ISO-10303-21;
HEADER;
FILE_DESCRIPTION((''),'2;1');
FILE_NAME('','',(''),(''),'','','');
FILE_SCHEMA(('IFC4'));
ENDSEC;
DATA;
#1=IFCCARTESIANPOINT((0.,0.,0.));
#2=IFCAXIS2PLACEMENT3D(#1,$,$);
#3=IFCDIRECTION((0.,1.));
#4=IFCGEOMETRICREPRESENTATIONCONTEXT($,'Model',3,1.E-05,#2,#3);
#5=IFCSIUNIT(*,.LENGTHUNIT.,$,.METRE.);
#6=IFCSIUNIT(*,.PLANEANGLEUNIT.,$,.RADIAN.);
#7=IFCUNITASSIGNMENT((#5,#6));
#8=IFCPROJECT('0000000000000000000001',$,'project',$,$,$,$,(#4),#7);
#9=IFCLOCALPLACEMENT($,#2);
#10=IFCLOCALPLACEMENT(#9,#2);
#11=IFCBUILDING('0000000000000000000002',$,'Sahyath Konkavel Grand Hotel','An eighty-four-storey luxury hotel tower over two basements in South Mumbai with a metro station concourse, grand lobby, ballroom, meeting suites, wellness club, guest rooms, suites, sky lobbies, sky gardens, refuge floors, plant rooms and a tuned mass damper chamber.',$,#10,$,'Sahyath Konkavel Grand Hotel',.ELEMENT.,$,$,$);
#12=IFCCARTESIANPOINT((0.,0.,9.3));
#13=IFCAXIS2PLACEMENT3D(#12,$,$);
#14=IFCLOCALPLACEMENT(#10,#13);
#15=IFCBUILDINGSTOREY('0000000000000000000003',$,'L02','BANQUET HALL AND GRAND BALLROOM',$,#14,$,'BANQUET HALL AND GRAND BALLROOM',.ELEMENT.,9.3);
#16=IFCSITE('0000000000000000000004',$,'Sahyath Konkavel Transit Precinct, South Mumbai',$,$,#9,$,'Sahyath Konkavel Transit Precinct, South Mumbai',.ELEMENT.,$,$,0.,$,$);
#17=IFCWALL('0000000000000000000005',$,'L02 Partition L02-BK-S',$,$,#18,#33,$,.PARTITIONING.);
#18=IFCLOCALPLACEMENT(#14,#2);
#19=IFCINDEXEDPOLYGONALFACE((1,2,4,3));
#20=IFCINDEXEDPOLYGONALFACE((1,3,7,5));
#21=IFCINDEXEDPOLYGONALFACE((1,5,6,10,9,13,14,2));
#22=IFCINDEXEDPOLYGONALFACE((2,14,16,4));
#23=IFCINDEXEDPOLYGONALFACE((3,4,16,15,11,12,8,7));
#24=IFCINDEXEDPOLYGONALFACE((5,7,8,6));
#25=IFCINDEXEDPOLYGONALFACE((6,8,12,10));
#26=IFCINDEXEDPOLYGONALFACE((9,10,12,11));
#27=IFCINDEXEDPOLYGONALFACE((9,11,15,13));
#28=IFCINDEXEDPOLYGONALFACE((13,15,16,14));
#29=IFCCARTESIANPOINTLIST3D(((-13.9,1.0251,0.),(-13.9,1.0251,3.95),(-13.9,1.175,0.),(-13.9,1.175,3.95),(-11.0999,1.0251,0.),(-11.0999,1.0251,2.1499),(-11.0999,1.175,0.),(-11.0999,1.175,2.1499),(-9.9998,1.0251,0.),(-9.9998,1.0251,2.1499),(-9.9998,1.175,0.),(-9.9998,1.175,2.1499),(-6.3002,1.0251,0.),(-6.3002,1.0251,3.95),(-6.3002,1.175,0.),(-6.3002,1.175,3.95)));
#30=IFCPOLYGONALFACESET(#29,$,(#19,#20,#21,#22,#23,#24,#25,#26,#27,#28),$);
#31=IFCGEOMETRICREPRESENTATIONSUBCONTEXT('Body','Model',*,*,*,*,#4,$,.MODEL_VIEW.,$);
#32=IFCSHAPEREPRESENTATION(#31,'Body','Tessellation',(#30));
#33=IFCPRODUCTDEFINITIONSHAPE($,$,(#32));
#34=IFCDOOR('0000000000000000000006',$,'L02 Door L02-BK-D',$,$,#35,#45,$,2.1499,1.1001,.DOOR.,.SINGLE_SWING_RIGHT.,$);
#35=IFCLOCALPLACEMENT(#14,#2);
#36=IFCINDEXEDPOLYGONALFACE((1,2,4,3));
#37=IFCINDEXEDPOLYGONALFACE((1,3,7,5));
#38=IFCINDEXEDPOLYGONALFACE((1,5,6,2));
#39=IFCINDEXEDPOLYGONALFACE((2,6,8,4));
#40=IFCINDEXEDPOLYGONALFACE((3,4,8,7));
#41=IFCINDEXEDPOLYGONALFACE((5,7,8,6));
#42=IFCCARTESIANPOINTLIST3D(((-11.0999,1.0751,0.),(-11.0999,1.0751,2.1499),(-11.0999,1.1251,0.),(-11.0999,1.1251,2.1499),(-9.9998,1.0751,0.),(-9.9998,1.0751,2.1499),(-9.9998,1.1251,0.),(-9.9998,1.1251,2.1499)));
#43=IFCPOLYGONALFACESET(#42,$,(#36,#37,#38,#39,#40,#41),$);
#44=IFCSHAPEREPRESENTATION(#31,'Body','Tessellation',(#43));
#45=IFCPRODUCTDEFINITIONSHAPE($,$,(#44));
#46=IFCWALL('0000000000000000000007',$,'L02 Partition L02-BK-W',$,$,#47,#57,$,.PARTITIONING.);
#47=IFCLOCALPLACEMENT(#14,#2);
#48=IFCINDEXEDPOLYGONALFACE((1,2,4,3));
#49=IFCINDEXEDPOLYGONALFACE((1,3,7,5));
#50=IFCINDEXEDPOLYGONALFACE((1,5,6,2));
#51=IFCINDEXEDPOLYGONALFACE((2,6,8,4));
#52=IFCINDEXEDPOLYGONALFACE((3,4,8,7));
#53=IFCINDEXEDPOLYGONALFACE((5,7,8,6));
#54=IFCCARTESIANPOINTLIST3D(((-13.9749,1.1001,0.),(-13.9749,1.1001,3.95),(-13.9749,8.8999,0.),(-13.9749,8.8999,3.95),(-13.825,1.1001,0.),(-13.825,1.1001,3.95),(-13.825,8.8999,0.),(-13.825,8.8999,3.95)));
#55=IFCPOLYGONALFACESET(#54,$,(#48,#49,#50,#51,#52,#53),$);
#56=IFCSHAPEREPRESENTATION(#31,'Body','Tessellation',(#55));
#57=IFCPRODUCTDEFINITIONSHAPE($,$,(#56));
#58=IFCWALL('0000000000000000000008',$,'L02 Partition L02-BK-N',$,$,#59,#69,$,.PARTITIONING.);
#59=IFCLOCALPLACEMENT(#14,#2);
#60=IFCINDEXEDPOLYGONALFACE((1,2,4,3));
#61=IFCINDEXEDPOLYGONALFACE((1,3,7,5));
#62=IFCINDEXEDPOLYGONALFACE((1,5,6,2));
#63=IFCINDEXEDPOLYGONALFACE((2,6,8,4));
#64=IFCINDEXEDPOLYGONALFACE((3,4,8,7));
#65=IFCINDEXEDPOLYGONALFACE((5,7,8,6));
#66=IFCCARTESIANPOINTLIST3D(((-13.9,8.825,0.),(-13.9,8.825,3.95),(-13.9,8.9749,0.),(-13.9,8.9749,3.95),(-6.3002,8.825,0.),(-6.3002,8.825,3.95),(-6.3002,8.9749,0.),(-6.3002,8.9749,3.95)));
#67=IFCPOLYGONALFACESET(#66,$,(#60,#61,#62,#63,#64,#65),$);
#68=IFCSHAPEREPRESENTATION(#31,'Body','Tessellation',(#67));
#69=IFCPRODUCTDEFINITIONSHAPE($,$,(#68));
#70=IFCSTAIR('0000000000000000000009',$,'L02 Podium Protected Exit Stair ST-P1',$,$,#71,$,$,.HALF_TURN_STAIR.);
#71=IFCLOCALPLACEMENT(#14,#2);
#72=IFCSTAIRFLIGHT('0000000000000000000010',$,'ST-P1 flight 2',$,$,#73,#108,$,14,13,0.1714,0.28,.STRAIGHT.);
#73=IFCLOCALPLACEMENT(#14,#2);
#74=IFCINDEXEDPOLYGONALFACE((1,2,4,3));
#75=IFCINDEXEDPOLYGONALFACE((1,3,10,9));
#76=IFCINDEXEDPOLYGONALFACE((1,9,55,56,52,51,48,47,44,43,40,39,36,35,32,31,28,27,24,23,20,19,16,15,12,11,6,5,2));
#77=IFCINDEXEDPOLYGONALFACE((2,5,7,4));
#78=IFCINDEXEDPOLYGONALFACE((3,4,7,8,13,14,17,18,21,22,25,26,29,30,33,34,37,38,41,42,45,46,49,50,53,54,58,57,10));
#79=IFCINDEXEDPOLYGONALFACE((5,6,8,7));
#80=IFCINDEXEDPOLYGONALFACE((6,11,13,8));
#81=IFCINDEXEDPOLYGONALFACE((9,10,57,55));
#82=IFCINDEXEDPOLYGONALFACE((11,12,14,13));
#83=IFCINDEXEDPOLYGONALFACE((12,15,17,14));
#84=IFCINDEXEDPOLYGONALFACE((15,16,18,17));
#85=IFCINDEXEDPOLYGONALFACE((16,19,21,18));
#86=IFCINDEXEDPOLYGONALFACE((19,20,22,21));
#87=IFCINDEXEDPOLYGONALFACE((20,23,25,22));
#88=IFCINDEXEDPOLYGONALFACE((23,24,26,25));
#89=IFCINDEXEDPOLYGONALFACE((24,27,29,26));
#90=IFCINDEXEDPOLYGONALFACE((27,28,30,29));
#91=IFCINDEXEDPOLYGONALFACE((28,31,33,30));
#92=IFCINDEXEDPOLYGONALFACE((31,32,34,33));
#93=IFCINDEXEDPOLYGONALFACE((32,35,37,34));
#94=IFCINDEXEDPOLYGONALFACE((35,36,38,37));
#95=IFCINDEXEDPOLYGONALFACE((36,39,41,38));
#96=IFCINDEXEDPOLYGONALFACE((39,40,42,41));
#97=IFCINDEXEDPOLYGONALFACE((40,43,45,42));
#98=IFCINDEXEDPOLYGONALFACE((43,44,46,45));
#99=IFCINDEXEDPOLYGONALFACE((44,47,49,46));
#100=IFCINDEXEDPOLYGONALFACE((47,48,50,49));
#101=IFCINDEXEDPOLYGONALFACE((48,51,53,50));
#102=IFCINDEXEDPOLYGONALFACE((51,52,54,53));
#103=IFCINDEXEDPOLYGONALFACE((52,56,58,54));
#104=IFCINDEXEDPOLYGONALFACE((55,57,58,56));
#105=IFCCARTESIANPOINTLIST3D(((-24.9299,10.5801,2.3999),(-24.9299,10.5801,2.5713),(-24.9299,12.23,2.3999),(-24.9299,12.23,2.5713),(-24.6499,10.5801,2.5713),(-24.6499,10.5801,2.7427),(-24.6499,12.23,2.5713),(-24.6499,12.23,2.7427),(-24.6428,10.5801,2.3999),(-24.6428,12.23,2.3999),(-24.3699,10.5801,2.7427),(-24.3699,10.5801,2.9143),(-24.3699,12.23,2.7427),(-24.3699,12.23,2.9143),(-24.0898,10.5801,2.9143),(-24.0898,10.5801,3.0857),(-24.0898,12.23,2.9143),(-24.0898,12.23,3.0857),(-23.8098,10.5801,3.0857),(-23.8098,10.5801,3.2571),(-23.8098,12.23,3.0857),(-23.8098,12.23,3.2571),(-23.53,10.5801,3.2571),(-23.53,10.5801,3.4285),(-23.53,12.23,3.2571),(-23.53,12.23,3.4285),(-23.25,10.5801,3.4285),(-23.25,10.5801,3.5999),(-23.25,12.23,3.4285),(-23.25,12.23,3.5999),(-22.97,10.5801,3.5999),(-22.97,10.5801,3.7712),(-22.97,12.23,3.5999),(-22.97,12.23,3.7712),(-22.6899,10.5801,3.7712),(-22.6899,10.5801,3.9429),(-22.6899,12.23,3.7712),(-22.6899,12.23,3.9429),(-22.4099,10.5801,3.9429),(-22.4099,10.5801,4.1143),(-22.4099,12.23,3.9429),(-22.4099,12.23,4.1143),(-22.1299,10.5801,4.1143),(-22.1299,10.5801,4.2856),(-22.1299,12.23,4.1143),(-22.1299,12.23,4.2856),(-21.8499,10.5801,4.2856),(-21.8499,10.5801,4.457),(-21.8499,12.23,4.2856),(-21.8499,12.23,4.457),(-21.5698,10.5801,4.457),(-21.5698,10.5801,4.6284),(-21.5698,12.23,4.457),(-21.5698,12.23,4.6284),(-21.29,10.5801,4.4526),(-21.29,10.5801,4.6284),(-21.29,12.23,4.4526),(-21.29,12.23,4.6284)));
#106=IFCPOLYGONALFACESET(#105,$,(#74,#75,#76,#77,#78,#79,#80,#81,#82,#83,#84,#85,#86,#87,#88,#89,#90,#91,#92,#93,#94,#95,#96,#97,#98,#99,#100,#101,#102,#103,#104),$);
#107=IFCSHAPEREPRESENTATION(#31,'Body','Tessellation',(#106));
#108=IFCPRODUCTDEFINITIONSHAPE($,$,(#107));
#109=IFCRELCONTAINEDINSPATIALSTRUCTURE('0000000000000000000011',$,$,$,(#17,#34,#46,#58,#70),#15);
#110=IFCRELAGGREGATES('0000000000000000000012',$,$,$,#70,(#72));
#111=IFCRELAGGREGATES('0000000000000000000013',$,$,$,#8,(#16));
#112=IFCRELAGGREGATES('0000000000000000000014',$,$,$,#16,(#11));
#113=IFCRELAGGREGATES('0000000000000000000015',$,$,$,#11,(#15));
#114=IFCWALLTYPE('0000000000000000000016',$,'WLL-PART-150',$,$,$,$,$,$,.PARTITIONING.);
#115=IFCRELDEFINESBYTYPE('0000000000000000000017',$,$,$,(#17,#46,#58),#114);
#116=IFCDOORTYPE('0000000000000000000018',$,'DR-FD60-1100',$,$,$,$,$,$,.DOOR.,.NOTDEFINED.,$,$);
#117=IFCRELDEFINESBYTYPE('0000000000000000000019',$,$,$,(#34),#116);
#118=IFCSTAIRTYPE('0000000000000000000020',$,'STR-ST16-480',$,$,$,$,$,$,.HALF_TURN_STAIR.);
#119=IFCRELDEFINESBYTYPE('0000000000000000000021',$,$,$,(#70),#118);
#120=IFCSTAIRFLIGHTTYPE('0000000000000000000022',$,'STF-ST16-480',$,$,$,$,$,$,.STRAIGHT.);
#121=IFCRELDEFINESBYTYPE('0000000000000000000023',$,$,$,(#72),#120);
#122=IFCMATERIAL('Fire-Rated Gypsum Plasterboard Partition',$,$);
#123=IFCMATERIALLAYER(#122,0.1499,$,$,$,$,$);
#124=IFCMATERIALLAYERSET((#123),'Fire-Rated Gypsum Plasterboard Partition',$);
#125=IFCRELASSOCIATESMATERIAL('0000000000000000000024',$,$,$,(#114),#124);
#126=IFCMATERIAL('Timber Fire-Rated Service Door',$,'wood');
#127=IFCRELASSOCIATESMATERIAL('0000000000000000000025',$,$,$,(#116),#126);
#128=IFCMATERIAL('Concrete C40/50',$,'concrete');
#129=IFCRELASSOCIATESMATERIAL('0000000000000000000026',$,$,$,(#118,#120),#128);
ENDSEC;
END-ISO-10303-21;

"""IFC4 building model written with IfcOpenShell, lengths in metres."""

from ifc_helpers import new_model, si_unit, direction, frame, frame_2d, origin, origin_2d, place, context, subcontext, project, spatial, polyline, rectangle, outline, extrude, source, transform, mapped, material, layer, layer_set, type_object, element, fill, aggregate, save


model = new_model("IFC4")

# Units and contexts
model_context = context("Model", 3, precision=1e-05, world=origin(), true_north=direction((0.0, 1.0)))
body_context = subcontext(model_context, "Body", "Model", "MODEL_VIEW")
ifc_project = project(units=[si_unit("LENGTHUNIT", "METRE"), si_unit("PLANEANGLEUNIT", "RADIAN")], contexts=[model_context])

# Site, building, storey
site_placement = place(None, origin())
site = spatial("IfcSite", under=ifc_project, at=site_placement, Name="Sahyath Konkavel Transit Precinct, South Mumbai", LongName="Sahyath Konkavel Transit Precinct, South Mumbai", CompositionType="ELEMENT", RefElevation=0.0)
building_placement = place(site_placement, origin())
building = spatial("IfcBuilding", under=site, at=building_placement, Name="Sahyath Konkavel Grand Hotel", Description="An eighty-four-storey luxury hotel tower over two basements in South Mumbai with a metro station concourse, grand lobby, ballroom, meeting suites, wellness club, guest rooms, suites, sky lobbies, sky gardens, refuge floors, plant rooms and a tuned mass damper chamber.", LongName="Sahyath Konkavel Grand Hotel", CompositionType="ELEMENT")
storey_placement = place(building_placement, frame((0.0, 0.0, 9.3)))
storey = spatial("IfcBuildingStorey", under=building, at=storey_placement, Name="L02", Description="BANQUET HALL AND GRAND BALLROOM", LongName="BANQUET HALL AND GRAND BALLROOM", CompositionType="ELEMENT", Elevation=9.3)

# Shared definitions
ifc_material_1 = material(Name="Concrete C40/50", Category="concrete")

# Shared definitions
ifc_material_2 = material(Name="Fire-Rated Gypsum Plasterboard Partition")
ifc_layer_1 = layer(ifc_material_2, 0.1499)
ifc_layer_set_1 = layer_set([ifc_layer_1], Name="Fire-Rated Gypsum Plasterboard Partition")
wall_type_1 = type_object("IfcWallType", Name="WLL-PART-150", PredefinedType="PARTITIONING", material=ifc_layer_set_1)

# Wall, opening, door
wall_1_placement = place(storey_placement, frame((-13.8999, 1.1001, 0.0), z_axis=(0.0, 0.0, 1.0), x_axis=(1.0, 0.0, 0.0)))
wall_1 = element("IfcWall", 1, at=wall_1_placement, inside=storey, type_object=wall_type_1, Name="L02 Partition L02-BK-S", PredefinedType="PARTITIONING", context=body_context, shape_type="SweptSolid", body=[
    extrude(rectangle(XDim=7.5999, YDim=0.1499, at=frame_2d((3.7998, 0.0))), origin(), (0.0, 0.0, 1.0), 3.95),
])
opening_1_placement = place(wall_1_placement, frame((2.8, 0.0, 0.0)))
opening_1 = element("IfcOpeningElement", 2, at=opening_1_placement, cuts=wall_1, PredefinedType="OPENING", context=body_context, shape_type="SweptSolid", body=[
    extrude(rectangle(XDim=1.1001, YDim=2.1499, at=frame_2d((0.55, 1.075))), frame((0.0, 0.085, 0.0), z_axis=(0.0, -1.0, 0.0), x_axis=(1.0, 0.0, 0.0)), (0.0, 0.0, 1.0), 0.1699),
])
ifc_material_3 = material(Name="Timber Fire-Rated Service Door", Category="wood")
door_type_1 = type_object("IfcDoorType", Name="DR-FD60-1100", OperationType="NOTDEFINED", PredefinedType="DOOR", material=ifc_material_3)
shared_shape_1 = source(origin(), body_context, "Body", "SweptSolid", [
    extrude(rectangle(XDim=1.1001, YDim=0.05, at=origin_2d()), origin(), (0.0, 0.0, 1.0), 2.1499),
])
door_1_placement = place(opening_1_placement, frame((0.55, 0.0, 0.0)))
door_1 = element("IfcDoor", 3, at=door_1_placement, inside=storey, type_object=door_type_1, Name="L02 Door L02-BK-D", OperationType="SINGLE_SWING_RIGHT", OverallHeight=2.1499, OverallWidth=1.1001, PredefinedType="DOOR", context=body_context, shape_type="MappedRepresentation", body=[
    mapped(shared_shape_1, transform((0.0, 0.0, 0.0), scale=1.0)),
])
fill(opening_1, door_1)

# Walls
wall_2_placement = place(storey_placement, frame((-13.8999, 1.1001, 0.0), z_axis=(0.0, 0.0, 1.0), x_axis=(0.0, 1.0, 0.0)))
element("IfcWall", 4, at=wall_2_placement, inside=storey, type_object=wall_type_1, Name="L02 Partition L02-BK-W", PredefinedType="PARTITIONING", context=body_context, shape_type="SweptSolid", body=[
    extrude(rectangle(XDim=7.7998, YDim=0.1499, at=frame_2d((3.8999, 0.0))), origin(), (0.0, 0.0, 1.0), 3.95),
])
wall_3_placement = place(storey_placement, frame((-13.8999, 8.8999, 0.0), z_axis=(0.0, 0.0, 1.0), x_axis=(1.0, 0.0, 0.0)))
element("IfcWall", 5, at=wall_3_placement, inside=storey, type_object=wall_type_1, Name="L02 Partition L02-BK-N", PredefinedType="PARTITIONING", context=body_context, shape_type="SweptSolid", body=[
    extrude(rectangle(XDim=7.5999, YDim=0.1499, at=frame_2d((3.7998, 0.0))), origin(), (0.0, 0.0, 1.0), 3.95),
])

# Stair, stair flight
stair_type = type_object("IfcStairType", Name="STR-ST16-480", PredefinedType="HALF_TURN_STAIR", material=ifc_material_1)
stair_placement = place(storey_placement, origin())
stair = element("IfcStair", 6, at=stair_placement, inside=storey, type_object=stair_type, Name="L02 Podium Protected Exit Stair ST-P1", PredefinedType="HALF_TURN_STAIR")
stair_flight_type = type_object("IfcStairFlightType", Name="STF-ST16-480", PredefinedType="STRAIGHT", material=ifc_material_1)
stair_flight_placement = place(storey_placement, frame((-24.9299, 11.405, 2.3999), z_axis=(0.0, 0.0, 1.0), x_axis=(1.0, 0.0, 0.0)))
stair_flight = element("IfcStairFlight", 7, at=stair_flight_placement, type_object=stair_flight_type, Name="ST-P1 flight 2", NumberOfRisers=14, NumberOfTreads=13, PredefinedType="STRAIGHT", RiserHeight=0.1714, TreadLength=0.28, context=body_context, shape_type="SweptSolid", body=[
    extrude(outline(polyline([(0.0, 0.0), (0.0, 0.1714), (0.28, 0.1714), (0.28, 0.3428), (0.5601, 0.3428), (0.5601, 0.5144), (0.8401, 0.5144), (0.8401, 0.6858), (1.1201, 0.6858), (1.1201, 0.8572), (1.3999, 0.8572), (1.3999, 1.0286), (1.6799, 1.0286), (1.6799, 1.2), (1.96, 1.2), (1.96, 1.3713), (2.24, 1.3713), (2.24, 1.543), (2.52, 1.543), (2.52, 1.7144), (2.8, 1.7144), (2.8, 1.8857), (3.0801, 1.8857), (3.0801, 2.0571), (3.3601, 2.0571), (3.3601, 2.2285), (3.6399, 2.2285), (3.6399, 2.3999), (3.6399, 2.0527), (0.2871, 0.0), (0.0, 0.0)])), frame((0.0, 0.825, 0.0), z_axis=(0.0, -1.0, 0.0), x_axis=(1.0, 0.0, 0.0)), (0.0, 0.0, 1.0), 1.6499),
])
aggregate(stair, [stair_flight])

save(model, "model.ifc")
